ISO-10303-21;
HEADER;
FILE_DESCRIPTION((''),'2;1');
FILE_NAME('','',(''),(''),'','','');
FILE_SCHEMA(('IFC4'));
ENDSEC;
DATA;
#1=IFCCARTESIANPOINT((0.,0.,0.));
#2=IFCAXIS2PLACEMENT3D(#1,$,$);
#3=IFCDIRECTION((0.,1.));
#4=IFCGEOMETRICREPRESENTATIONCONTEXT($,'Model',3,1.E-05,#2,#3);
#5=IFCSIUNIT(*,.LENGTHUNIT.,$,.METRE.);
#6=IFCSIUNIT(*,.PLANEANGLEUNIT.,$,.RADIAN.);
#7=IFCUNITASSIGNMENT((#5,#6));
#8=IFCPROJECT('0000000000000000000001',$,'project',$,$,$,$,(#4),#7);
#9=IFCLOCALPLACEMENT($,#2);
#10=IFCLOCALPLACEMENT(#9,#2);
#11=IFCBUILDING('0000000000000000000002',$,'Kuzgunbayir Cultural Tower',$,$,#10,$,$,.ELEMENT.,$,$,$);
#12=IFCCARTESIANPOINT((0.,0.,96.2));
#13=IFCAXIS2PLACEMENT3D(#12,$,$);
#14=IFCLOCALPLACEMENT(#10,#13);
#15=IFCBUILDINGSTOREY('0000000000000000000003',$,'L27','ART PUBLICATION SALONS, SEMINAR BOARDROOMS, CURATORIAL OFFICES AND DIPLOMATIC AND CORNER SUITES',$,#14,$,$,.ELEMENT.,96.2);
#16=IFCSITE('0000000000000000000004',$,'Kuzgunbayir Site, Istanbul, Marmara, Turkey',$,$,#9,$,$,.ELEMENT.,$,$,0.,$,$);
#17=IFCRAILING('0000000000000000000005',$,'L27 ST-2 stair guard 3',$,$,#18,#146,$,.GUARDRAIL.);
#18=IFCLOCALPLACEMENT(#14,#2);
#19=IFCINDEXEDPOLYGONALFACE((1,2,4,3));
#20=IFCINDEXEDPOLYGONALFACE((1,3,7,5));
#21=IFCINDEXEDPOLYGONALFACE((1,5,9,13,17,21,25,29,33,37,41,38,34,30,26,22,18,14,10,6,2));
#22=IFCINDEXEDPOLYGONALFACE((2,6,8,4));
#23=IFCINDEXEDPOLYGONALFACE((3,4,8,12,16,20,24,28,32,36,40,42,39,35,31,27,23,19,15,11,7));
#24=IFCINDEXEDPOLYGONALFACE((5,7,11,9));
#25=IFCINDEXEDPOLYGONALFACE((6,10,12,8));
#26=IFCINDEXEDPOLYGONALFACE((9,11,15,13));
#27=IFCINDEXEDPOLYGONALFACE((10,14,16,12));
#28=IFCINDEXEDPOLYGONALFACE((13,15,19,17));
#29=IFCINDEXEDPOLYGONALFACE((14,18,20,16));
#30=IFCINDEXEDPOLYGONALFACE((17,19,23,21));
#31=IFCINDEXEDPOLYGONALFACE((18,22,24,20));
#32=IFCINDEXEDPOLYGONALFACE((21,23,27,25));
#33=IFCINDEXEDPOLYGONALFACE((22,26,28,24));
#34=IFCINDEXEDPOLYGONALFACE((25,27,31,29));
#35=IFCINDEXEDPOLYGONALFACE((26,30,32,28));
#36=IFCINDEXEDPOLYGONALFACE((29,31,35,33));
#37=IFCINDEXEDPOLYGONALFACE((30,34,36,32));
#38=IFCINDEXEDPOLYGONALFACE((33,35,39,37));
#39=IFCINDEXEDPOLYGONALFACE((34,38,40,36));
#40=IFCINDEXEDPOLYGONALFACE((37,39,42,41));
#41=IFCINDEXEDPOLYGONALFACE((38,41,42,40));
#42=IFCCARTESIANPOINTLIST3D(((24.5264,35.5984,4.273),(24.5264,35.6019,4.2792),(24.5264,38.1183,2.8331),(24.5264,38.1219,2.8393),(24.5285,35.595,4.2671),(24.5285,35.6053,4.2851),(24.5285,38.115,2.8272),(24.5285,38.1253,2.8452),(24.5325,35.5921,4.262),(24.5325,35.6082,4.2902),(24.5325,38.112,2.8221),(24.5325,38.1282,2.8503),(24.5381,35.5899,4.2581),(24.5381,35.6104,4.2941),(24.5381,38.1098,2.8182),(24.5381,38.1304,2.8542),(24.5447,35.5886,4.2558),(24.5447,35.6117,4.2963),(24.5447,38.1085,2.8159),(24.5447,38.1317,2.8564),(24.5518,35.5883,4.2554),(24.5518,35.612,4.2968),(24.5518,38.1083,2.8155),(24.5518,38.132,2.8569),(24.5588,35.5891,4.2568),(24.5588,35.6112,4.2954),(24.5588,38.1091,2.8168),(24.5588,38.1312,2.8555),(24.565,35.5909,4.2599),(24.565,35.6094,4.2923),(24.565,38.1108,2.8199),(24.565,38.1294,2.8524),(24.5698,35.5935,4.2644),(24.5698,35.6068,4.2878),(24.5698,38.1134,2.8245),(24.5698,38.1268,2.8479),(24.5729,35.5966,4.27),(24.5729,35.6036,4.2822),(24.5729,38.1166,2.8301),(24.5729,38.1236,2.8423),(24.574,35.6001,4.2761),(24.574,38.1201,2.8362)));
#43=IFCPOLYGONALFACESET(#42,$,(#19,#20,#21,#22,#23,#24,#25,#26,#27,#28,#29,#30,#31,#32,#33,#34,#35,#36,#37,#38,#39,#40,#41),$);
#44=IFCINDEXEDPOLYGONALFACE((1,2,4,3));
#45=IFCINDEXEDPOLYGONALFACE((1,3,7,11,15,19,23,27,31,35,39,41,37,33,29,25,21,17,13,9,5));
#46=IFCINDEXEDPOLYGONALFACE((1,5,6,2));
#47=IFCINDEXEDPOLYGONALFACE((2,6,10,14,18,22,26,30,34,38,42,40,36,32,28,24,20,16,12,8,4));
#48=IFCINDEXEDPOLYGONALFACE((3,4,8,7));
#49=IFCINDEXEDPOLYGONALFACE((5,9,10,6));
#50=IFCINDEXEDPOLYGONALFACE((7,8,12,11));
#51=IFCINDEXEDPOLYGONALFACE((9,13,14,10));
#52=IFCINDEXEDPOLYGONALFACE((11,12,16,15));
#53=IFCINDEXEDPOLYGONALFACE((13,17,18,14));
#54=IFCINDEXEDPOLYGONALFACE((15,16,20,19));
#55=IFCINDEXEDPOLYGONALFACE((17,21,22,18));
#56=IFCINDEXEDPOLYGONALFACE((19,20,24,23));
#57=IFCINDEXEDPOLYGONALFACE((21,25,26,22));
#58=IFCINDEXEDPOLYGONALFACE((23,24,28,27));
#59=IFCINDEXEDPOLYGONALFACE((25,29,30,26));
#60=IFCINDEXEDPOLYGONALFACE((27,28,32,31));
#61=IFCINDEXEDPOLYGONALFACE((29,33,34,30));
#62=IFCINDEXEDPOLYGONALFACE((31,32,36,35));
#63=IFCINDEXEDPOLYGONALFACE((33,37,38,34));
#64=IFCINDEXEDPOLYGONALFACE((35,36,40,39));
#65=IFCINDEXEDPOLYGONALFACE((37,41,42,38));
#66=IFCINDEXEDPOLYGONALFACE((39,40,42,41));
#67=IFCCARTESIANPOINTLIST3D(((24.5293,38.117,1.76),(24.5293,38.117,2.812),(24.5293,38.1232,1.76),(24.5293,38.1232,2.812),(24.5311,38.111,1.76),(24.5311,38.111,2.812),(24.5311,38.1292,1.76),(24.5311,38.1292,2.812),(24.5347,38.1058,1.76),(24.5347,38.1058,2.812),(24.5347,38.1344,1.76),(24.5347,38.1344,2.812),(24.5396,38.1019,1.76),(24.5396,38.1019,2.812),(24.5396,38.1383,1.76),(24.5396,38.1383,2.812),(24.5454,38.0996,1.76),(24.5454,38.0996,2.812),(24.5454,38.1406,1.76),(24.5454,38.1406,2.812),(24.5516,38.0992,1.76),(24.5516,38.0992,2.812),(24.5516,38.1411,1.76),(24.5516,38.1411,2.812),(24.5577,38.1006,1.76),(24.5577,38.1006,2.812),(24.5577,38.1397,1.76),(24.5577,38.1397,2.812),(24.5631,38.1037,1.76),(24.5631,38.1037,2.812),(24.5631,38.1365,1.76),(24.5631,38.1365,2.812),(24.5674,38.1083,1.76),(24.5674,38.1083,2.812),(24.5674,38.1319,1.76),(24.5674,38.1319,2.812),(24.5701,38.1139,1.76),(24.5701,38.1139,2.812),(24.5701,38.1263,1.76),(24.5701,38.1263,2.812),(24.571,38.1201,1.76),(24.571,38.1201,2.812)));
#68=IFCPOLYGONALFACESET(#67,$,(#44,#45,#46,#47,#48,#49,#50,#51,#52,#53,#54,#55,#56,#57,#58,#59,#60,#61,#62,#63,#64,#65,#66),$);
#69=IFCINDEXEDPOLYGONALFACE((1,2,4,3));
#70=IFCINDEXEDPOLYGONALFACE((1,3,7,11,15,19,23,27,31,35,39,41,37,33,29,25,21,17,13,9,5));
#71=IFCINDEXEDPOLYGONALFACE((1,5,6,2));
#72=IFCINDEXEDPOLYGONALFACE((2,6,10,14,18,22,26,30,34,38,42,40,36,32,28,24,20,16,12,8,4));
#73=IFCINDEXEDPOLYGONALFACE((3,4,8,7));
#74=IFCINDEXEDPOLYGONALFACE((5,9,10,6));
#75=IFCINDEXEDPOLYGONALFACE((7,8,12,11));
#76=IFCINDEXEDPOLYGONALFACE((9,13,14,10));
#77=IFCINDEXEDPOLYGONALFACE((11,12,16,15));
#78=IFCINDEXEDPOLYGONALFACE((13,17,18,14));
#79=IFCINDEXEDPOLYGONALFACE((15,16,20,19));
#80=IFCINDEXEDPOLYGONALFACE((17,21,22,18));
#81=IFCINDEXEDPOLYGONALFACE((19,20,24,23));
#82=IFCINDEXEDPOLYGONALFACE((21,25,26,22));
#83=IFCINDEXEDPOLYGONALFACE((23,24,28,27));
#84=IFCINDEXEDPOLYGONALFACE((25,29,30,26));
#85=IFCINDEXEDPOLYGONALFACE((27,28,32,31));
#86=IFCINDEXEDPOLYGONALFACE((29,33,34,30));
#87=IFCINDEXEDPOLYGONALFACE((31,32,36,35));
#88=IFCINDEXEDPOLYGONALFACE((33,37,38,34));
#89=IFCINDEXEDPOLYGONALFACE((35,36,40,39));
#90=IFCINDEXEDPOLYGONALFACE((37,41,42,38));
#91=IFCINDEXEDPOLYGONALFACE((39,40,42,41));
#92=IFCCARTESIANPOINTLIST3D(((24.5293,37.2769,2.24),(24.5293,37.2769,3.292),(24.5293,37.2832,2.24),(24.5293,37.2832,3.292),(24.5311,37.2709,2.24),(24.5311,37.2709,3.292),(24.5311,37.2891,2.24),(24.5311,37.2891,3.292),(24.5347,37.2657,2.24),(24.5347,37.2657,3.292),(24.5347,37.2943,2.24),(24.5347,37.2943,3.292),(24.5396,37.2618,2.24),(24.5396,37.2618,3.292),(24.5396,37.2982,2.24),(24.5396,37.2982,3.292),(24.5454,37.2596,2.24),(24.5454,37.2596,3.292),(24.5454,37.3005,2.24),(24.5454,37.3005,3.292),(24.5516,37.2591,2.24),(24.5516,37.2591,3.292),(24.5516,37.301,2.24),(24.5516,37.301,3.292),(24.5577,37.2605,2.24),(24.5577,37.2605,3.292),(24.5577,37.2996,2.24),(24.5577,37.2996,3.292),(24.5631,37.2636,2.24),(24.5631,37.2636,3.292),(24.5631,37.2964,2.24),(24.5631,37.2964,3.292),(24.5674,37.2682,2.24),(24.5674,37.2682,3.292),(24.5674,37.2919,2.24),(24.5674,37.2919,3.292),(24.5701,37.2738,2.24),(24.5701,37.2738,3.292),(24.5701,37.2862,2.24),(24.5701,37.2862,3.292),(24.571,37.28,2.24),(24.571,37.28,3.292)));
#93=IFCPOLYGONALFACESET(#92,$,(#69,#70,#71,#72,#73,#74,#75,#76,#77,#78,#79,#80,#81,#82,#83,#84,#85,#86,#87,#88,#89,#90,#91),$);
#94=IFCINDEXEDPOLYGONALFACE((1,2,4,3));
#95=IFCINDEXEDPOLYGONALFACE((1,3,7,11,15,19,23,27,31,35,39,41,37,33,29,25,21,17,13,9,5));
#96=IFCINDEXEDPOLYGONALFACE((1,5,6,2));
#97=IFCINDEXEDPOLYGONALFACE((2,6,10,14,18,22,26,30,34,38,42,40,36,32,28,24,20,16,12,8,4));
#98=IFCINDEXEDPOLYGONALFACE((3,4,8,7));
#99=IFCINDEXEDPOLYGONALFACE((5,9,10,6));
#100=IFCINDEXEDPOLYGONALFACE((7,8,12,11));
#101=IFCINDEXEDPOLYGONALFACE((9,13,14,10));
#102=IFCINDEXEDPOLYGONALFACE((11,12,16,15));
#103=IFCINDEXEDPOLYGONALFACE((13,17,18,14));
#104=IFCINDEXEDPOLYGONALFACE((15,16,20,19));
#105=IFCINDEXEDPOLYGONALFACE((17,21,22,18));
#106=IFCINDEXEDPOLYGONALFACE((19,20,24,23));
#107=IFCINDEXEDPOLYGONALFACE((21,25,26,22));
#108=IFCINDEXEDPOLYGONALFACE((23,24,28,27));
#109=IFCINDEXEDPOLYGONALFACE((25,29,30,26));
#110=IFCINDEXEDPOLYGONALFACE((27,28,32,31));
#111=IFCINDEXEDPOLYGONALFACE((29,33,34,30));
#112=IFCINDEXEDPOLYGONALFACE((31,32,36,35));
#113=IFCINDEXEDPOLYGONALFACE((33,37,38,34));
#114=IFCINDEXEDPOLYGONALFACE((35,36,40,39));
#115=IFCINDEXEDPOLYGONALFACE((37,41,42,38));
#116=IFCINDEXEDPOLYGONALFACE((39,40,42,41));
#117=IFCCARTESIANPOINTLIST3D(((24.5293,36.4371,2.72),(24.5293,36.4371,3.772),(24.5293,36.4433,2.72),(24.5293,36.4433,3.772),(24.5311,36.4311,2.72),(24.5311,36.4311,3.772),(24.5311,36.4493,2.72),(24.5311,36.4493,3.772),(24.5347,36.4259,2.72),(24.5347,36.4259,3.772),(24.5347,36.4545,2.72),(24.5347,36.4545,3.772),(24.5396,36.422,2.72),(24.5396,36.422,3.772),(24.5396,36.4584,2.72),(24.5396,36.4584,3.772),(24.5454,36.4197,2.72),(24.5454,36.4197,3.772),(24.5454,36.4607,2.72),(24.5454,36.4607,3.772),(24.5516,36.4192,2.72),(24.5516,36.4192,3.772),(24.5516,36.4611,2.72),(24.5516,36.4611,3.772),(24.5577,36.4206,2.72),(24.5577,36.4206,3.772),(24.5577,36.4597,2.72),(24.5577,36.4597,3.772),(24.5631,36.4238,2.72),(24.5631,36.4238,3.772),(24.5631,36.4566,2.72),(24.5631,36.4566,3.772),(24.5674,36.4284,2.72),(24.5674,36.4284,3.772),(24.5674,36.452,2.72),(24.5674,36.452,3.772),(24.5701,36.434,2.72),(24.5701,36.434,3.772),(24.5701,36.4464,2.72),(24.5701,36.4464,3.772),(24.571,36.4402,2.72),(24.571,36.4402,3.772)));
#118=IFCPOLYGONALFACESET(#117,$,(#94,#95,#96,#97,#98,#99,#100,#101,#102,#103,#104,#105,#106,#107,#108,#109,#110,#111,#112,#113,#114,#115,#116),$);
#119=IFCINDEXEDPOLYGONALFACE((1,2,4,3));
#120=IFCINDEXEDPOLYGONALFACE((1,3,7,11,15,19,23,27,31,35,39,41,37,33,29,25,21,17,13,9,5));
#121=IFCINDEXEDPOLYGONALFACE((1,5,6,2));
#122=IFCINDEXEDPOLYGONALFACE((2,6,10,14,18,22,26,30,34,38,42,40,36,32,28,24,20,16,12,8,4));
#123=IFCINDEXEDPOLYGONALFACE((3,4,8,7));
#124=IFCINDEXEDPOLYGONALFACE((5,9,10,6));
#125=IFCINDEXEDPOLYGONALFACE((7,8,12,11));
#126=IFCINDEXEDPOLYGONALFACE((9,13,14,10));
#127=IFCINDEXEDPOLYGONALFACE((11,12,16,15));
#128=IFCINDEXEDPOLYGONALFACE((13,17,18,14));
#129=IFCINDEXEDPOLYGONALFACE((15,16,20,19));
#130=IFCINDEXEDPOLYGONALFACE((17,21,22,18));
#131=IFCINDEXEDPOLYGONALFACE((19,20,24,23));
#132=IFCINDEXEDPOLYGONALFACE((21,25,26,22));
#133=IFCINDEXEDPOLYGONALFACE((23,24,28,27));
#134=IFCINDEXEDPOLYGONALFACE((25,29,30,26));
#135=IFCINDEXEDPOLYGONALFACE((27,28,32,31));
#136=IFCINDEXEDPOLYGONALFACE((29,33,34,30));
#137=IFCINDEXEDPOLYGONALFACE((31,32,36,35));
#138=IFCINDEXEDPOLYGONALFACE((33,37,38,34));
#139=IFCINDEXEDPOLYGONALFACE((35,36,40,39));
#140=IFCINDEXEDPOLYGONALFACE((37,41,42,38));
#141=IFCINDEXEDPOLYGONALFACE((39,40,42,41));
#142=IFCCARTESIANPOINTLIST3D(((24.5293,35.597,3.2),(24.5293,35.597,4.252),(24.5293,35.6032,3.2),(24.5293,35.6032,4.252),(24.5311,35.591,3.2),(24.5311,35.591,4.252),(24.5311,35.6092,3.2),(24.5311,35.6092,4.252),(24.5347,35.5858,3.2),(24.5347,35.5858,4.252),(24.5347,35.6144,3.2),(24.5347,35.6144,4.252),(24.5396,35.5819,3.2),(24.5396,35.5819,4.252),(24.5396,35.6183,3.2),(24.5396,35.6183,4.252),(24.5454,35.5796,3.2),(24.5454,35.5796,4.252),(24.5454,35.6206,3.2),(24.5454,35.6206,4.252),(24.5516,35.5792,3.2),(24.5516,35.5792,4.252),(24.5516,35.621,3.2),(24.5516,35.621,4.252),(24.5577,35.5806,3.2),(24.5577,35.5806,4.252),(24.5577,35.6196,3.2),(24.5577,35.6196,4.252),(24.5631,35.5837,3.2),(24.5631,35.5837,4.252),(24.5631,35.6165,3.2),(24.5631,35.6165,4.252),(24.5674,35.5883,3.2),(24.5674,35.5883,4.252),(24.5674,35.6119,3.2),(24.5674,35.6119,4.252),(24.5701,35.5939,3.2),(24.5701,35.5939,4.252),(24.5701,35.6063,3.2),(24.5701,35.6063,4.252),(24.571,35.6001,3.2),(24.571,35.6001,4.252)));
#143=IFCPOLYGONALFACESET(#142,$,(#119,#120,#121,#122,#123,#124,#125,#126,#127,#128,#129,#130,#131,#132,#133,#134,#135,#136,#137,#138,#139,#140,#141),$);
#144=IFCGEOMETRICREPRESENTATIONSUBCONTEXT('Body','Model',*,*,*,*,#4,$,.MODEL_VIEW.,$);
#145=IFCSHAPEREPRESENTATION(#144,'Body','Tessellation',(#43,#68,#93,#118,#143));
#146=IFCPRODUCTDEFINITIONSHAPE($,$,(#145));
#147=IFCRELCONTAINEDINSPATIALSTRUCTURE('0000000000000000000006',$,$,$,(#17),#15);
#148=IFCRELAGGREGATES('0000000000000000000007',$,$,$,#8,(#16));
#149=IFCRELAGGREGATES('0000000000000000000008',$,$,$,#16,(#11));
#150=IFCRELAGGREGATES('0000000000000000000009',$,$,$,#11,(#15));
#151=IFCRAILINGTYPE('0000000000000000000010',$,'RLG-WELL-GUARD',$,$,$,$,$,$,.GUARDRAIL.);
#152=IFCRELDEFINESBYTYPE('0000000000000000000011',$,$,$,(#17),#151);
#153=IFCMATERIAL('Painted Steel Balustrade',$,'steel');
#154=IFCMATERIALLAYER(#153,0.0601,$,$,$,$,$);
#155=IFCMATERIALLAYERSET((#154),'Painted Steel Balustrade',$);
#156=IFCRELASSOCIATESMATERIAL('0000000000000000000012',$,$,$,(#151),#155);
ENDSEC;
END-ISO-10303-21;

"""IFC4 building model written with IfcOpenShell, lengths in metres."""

from ifc_helpers import new_model, si_unit, direction, frame, origin, origin_2d, place, context, subcontext, project, spatial, circle, extrude, material, layer, layer_set, type_object, element, save


model = new_model("IFC4")

# Units and contexts
model_context = context("Model", 3, precision=1e-05, world=origin(), true_north=direction((0.0, 1.0)))
body_context = subcontext(model_context, "Body", "Model", "MODEL_VIEW")
ifc_project = project(units=[si_unit("LENGTHUNIT", "METRE"), si_unit("PLANEANGLEUNIT", "RADIAN")], contexts=[model_context])

# Site, building, storey
site_placement = place(None, origin())
site = spatial("IfcSite", under=ifc_project, at=site_placement, Name="Kuzgunbayir Site, Istanbul, Marmara, Turkey", CompositionType="ELEMENT", RefElevation=0.0)
building_placement = place(site_placement, origin())
building = spatial("IfcBuilding", under=site, at=building_placement, Name="Kuzgunbayir Cultural Tower", CompositionType="ELEMENT")
storey_placement = place(building_placement, frame((0.0, 0.0, 96.2)))
storey = spatial("IfcBuildingStorey", under=building, at=storey_placement, Name="L27", Description="ART PUBLICATION SALONS, SEMINAR BOARDROOMS, CURATORIAL OFFICES AND DIPLOMATIC AND CORNER SUITES", CompositionType="ELEMENT", Elevation=96.2)

# Railing
ifc_material_1 = material(Name="Painted Steel Balustrade", Category="steel")
ifc_layer_1 = layer(ifc_material_1, 0.0601)
ifc_layer_set_1 = layer_set([ifc_layer_1], Name="Painted Steel Balustrade")
railing_type_1 = type_object("IfcRailingType", Name="RLG-WELL-GUARD", PredefinedType="GUARDRAIL", material=ifc_layer_set_1)
railing_1_placement = place(storey_placement, frame((24.55, 38.1201, 1.76)))
element("IfcRailing", 1, at=railing_1_placement, inside=storey, type_object=railing_type_1, Name="L27 ST-2 stair guard 3", PredefinedType="GUARDRAIL", context=body_context, shape_type="SweptSolid", body=[
    extrude(circle(Radius=0.0239, at=origin_2d()), frame((0.0, 0.0, 1.0762), z_axis=(0.0, -0.868253, 0.496121), x_axis=(1.0, 0.0, 0.0)), (0.0, 0.0, 1.0), 2.9023),
    extrude(circle(Radius=0.021, at=origin_2d()), origin(), (0.0, 0.0, 1.0), 1.052),
    extrude(circle(Radius=0.021, at=origin_2d()), frame((0.0, -0.8401, 0.48)), (0.0, 0.0, 1.0), 1.052),
    extrude(circle(Radius=0.021, at=origin_2d()), frame((0.0, -1.6799, 0.96)), (0.0, 0.0, 1.0), 1.052),
    extrude(circle(Radius=0.021, at=origin_2d()), frame((0.0, -2.52, 1.4399)), (0.0, 0.0, 1.0), 1.052),
])

save(model, "model.ifc")
